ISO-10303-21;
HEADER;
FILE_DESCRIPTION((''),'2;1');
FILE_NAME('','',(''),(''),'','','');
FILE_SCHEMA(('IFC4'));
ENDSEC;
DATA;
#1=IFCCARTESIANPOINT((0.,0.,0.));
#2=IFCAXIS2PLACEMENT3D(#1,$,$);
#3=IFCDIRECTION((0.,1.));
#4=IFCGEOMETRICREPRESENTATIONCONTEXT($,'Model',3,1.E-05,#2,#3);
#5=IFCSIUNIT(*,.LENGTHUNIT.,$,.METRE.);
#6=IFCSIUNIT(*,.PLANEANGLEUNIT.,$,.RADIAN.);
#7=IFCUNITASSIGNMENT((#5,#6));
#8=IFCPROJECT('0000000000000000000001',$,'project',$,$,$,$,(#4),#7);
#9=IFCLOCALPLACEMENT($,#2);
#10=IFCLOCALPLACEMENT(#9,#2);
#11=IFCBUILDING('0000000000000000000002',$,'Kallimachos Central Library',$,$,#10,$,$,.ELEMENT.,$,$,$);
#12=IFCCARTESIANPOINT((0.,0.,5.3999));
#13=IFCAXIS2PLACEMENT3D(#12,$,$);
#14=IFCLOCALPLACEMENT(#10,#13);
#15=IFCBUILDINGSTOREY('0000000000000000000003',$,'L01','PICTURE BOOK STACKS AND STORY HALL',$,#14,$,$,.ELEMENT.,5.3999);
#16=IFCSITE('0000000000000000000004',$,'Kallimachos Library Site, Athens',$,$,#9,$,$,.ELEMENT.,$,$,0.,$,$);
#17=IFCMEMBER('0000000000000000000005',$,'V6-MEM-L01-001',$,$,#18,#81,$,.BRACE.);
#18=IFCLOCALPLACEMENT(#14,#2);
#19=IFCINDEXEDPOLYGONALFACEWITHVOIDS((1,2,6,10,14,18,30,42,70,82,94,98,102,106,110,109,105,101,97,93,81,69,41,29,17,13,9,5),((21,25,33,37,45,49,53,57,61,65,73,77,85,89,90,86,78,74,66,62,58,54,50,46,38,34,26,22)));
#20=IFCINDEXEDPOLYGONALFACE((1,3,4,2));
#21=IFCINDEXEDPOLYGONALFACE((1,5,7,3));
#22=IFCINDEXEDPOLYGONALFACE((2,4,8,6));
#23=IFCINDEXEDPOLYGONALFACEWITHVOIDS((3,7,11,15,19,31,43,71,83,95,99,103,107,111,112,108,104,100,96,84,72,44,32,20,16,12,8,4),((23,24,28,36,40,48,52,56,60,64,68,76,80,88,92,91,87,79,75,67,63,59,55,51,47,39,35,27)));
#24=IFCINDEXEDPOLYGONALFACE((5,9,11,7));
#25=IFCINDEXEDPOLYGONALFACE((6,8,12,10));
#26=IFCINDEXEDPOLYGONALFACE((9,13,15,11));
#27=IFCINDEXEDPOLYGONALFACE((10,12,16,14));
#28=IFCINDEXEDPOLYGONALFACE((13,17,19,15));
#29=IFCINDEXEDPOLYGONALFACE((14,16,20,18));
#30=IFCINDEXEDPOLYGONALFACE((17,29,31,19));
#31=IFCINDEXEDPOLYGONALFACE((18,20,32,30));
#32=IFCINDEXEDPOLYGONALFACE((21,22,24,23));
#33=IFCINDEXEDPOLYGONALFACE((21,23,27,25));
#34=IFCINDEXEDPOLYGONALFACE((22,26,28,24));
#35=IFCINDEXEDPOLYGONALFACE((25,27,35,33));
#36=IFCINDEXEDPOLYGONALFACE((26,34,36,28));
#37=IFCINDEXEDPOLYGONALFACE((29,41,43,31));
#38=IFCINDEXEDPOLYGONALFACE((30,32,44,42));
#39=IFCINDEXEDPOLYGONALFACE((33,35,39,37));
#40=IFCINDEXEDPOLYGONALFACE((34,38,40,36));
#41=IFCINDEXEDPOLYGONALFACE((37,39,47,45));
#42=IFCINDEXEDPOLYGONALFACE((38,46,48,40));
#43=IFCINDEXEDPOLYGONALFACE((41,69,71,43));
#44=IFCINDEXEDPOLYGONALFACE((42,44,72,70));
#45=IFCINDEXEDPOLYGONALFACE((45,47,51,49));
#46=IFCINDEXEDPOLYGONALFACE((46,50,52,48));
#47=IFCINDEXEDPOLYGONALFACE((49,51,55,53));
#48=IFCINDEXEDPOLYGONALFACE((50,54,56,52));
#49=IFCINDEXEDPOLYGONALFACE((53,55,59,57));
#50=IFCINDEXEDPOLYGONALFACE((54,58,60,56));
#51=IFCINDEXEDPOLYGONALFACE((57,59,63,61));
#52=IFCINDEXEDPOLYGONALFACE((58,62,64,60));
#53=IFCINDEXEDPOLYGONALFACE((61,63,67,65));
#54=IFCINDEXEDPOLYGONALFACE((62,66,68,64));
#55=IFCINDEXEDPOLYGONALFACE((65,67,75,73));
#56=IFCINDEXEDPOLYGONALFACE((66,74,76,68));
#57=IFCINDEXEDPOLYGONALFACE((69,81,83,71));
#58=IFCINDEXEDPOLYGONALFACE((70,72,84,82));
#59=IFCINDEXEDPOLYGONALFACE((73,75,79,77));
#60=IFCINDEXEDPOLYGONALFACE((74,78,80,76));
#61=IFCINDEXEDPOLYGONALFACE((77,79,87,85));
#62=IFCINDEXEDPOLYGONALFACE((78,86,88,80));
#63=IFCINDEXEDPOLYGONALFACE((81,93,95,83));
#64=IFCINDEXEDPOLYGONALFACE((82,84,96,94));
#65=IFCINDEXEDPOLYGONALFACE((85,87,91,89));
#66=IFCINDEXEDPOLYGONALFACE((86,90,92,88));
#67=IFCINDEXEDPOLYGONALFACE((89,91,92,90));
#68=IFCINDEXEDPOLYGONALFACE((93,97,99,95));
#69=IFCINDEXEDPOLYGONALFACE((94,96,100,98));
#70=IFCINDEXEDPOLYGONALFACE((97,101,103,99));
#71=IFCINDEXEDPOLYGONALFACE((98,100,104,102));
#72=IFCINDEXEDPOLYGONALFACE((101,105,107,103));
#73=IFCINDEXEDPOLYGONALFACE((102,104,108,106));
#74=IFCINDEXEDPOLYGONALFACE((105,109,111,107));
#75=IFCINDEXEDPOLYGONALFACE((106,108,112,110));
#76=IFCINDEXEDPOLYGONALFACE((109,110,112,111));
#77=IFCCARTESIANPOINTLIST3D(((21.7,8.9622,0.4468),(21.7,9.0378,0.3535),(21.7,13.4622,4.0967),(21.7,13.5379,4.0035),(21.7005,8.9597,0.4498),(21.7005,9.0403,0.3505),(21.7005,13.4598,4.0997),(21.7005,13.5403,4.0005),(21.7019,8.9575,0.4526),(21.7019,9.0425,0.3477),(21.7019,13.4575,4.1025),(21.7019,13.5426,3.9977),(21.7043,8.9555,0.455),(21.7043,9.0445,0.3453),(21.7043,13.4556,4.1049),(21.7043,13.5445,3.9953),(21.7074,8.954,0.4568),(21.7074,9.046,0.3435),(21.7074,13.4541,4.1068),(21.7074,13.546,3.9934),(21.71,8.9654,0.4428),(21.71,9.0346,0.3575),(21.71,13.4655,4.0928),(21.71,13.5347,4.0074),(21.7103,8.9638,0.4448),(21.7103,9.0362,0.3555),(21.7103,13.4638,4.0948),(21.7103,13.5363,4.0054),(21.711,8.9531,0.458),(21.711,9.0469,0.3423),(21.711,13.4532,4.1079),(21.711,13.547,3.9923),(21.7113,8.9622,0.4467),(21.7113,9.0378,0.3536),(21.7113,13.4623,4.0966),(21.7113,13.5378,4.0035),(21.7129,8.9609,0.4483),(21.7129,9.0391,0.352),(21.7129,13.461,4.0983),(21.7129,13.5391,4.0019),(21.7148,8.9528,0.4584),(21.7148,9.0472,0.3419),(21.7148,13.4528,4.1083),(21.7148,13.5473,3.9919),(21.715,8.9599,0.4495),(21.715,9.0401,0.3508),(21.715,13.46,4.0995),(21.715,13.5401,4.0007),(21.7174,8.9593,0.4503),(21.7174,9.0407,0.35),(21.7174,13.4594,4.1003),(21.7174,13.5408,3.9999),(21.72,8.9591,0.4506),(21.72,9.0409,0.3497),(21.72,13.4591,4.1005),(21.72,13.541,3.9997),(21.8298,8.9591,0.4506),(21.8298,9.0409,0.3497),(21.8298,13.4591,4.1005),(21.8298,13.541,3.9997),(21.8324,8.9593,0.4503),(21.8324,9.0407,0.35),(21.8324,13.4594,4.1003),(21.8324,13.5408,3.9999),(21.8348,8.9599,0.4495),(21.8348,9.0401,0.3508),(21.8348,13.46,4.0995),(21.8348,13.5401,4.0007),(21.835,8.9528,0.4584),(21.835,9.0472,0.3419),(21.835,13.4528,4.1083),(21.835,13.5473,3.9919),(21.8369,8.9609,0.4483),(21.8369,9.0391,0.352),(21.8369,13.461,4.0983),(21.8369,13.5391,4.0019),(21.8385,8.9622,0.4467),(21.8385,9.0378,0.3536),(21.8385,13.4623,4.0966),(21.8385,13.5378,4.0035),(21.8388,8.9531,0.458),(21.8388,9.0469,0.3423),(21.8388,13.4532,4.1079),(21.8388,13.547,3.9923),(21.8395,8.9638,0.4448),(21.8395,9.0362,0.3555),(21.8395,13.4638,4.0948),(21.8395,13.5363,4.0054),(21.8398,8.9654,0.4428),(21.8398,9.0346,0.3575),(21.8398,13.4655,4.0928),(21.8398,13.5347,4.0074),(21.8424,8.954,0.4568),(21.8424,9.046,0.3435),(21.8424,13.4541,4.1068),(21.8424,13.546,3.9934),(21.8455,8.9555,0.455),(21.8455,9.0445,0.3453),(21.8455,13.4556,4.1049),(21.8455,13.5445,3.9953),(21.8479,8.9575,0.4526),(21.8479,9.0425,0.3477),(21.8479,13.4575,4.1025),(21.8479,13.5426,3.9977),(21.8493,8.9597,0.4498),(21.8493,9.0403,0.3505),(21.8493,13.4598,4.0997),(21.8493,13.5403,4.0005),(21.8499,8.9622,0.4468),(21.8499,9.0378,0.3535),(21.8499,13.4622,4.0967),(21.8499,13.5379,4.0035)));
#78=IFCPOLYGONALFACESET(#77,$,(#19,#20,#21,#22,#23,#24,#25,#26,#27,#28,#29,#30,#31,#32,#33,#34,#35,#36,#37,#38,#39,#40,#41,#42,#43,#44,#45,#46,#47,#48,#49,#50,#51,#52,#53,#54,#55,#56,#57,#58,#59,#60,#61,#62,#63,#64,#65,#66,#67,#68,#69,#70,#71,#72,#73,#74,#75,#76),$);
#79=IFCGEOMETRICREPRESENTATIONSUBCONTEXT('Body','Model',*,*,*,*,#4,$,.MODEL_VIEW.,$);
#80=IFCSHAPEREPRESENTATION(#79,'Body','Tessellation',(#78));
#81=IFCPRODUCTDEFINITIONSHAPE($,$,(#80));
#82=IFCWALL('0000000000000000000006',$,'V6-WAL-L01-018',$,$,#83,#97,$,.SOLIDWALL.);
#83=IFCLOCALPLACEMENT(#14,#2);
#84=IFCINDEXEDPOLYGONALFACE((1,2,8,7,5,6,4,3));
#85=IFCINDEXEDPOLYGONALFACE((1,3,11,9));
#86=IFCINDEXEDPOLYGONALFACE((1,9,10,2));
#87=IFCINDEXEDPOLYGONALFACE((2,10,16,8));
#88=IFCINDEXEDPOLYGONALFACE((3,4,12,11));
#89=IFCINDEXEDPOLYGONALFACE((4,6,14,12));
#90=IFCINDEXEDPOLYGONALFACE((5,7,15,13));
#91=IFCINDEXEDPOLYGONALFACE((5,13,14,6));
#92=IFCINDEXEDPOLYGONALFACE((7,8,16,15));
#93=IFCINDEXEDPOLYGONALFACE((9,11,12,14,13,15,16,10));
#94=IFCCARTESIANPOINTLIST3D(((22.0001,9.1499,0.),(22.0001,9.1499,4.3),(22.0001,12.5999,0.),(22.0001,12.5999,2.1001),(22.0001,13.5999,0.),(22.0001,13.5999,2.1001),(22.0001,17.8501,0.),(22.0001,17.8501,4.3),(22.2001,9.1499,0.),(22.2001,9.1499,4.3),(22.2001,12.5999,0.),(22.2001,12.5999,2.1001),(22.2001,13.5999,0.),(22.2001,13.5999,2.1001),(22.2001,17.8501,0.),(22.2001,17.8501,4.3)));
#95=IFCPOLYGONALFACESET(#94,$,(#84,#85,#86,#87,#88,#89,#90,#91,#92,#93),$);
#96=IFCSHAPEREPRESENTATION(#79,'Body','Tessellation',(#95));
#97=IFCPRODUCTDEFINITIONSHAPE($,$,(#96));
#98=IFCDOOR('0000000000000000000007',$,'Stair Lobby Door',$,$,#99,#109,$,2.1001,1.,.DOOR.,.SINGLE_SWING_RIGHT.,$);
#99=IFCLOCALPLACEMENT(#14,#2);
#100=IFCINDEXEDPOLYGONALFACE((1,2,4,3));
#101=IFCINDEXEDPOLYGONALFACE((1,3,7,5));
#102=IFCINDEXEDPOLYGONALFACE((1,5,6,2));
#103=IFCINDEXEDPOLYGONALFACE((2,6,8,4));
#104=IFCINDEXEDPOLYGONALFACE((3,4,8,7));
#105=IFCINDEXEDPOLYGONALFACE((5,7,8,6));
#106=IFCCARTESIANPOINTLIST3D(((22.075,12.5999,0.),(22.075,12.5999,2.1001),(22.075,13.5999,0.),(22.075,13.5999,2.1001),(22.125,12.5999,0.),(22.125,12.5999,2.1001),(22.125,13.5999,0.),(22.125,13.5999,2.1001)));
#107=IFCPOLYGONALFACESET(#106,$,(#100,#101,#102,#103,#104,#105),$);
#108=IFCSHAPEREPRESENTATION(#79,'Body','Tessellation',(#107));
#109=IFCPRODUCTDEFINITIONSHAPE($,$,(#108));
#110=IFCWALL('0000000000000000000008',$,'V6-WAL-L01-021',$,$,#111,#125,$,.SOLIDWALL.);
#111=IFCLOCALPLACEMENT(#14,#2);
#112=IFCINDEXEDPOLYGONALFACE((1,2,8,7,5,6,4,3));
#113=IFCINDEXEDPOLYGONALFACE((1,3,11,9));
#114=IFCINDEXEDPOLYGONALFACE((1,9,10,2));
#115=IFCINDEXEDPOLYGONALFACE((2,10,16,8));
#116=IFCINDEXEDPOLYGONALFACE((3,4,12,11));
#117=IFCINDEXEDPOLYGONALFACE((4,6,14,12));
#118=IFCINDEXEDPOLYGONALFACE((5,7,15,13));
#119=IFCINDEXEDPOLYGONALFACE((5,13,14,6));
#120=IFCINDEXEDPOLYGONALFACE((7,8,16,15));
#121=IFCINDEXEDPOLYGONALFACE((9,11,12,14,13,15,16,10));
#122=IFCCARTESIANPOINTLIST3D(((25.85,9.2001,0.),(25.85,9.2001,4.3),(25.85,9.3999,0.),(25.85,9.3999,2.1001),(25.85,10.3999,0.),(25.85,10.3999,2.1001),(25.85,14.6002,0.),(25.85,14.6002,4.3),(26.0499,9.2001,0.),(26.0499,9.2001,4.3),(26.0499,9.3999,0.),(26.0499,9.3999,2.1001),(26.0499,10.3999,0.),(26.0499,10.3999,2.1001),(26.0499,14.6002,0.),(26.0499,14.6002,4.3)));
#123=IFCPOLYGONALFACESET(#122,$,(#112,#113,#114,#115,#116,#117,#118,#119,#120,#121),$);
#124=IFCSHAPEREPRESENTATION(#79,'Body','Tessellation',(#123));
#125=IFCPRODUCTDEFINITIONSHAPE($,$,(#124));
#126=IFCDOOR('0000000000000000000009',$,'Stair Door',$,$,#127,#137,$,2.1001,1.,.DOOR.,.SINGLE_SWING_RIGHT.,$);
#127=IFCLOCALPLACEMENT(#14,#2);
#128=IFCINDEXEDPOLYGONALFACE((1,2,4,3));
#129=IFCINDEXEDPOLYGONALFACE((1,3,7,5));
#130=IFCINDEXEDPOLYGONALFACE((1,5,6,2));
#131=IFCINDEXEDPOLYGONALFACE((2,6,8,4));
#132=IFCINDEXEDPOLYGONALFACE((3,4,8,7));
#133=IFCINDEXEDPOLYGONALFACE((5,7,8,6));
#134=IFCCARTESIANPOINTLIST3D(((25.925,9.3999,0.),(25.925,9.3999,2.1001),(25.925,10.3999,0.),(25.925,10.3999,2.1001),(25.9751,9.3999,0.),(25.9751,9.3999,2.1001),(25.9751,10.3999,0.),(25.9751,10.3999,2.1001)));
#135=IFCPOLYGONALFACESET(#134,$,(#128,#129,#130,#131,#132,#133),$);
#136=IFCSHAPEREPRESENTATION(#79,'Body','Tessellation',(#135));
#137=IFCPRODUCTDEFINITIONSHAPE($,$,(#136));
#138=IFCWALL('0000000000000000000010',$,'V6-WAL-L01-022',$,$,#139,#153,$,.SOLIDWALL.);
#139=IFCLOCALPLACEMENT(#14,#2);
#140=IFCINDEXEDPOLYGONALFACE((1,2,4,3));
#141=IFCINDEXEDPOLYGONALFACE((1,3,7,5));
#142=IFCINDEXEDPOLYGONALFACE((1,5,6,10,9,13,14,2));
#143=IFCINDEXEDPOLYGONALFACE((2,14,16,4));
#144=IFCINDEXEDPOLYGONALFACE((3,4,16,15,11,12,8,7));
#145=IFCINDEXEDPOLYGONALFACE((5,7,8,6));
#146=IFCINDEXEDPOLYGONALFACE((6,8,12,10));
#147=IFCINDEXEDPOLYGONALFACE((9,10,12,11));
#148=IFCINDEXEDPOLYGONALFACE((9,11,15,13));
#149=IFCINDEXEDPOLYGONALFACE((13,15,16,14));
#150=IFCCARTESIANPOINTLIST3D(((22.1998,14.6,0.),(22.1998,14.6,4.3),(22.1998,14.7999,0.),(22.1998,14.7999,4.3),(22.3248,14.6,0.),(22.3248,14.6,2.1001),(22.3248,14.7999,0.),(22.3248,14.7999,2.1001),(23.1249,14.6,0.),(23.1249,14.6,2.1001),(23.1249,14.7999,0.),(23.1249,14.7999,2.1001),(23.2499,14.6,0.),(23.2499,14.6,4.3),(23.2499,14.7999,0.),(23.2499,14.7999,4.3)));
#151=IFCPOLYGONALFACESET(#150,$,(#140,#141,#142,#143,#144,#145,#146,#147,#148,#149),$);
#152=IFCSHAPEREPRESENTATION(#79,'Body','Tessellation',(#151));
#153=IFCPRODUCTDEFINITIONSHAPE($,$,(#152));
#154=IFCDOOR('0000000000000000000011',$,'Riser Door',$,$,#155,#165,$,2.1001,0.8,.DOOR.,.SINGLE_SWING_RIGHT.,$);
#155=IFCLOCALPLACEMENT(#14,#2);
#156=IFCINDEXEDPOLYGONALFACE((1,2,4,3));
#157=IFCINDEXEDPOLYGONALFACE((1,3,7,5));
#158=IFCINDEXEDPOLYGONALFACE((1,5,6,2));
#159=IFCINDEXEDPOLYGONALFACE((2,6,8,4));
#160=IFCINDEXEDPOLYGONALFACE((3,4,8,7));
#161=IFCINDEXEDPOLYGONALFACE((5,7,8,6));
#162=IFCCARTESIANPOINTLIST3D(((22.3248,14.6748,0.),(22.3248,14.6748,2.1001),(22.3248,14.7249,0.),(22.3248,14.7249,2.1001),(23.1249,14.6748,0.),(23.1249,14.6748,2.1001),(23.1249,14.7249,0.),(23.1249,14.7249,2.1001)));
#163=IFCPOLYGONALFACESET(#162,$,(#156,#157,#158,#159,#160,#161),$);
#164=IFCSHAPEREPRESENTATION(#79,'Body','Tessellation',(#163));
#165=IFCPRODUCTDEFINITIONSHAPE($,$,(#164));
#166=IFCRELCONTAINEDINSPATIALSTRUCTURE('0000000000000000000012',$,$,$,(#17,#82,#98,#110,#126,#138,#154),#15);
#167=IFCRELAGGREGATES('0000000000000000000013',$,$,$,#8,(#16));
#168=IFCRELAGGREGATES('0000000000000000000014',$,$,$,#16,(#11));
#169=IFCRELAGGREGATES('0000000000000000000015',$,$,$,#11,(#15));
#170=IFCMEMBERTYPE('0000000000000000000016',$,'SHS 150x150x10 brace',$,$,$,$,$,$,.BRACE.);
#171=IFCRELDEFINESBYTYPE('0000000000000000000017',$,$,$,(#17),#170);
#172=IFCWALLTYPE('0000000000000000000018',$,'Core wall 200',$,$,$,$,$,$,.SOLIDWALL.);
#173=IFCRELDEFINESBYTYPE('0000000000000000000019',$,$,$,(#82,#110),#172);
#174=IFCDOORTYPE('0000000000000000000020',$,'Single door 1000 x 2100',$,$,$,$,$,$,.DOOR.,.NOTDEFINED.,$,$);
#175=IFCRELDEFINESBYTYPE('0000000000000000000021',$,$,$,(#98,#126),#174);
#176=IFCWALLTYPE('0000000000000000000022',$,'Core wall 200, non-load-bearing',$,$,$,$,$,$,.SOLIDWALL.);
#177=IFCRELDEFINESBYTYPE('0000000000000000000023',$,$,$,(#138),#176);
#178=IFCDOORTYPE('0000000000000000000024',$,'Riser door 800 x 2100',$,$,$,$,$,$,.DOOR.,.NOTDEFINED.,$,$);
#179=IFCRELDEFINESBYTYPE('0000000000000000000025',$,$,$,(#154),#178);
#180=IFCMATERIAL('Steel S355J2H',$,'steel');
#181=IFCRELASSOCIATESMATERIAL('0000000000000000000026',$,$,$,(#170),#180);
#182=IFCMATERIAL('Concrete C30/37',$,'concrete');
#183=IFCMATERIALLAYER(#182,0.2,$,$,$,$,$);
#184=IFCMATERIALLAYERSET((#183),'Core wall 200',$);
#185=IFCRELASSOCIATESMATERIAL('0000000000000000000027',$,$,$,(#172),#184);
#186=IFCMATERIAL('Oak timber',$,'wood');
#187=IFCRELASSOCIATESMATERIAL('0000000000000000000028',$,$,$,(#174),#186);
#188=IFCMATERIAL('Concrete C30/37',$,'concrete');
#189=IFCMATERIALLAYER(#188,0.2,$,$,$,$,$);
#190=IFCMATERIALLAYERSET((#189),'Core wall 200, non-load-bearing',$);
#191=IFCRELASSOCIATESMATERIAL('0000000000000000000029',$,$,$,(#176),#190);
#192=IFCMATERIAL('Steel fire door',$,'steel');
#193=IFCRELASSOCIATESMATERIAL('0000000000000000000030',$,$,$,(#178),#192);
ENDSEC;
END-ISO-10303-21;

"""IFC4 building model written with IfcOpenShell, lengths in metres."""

from ifc_helpers import new_model, si_unit, direction, frame, frame_2d, origin, origin_2d, place, context, subcontext, project, spatial, rectangle, hollow_rectangle, extrude, material, layer, layer_set, material_profile, profile_set, type_object, element, fill, save


model = new_model("IFC4")

# Units and contexts
model_context = context("Model", 3, precision=1e-05, world=origin(), true_north=direction((0.0, 1.0)))
body_context = subcontext(model_context, "Body", "Model", "MODEL_VIEW")
ifc_project = project(units=[si_unit("LENGTHUNIT", "METRE"), si_unit("PLANEANGLEUNIT", "RADIAN")], contexts=[model_context])

# Site, building, storey
site_placement = place(None, origin())
site = spatial("IfcSite", under=ifc_project, at=site_placement, Name="Kallimachos Library Site, Athens", CompositionType="ELEMENT", RefElevation=0.0)
building_placement = place(site_placement, origin())
building = spatial("IfcBuilding", under=site, at=building_placement, Name="Kallimachos Central Library", CompositionType="ELEMENT")
storey_placement = place(building_placement, frame((0.0, 0.0, 5.3999)))
storey = spatial("IfcBuildingStorey", under=building, at=storey_placement, Name="L01", Description="PICTURE BOOK STACKS AND STORY HALL", CompositionType="ELEMENT", Elevation=5.3999)

# Member
ifc_material_1 = material(Name="Steel S355J2H", Category="steel")
ifc_material_profile_1 = material_profile(ifc_material_1, hollow_rectangle(XDim=0.1499, YDim=0.1499, WallThickness=0.01, InnerFilletRadius=0.01, OuterFilletRadius=0.0149, at=origin_2d()), Name="SHS 150x150x10")
ifc_profile_set_1 = profile_set([ifc_material_profile_1], Name="Steel S355J2H")
member_type = type_object("IfcMemberType", Name="SHS 150x150x10 brace", PredefinedType="BRACE", material=ifc_profile_set_1)
member_placement = place(storey_placement, frame((21.7749, 9.0, 0.4001), z_axis=(0.0, 0.77665, 0.629932), x_axis=(-1.0, 0.0, 0.0)))
element("IfcMember", 1, at=member_placement, inside=storey, type_object=member_type, Name="V6-MEM-L01-001", PredefinedType="BRACE", context=body_context, shape_type="SweptSolid", body=[
    extrude(hollow_rectangle(XDim=0.1499, YDim=0.1499, WallThickness=0.01, InnerFilletRadius=0.01, OuterFilletRadius=0.0149, at=origin_2d()), origin(), (0.0, 0.0, 1.0), 5.7942),
])

# Walls, openings, doors
ifc_material_2 = material(Name="Concrete C30/37", Category="concrete")
ifc_layer_1 = layer(ifc_material_2, 0.2)
ifc_layer_set_1 = layer_set([ifc_layer_1], Name="Core wall 200")
wall_type_1 = type_object("IfcWallType", Name="Core wall 200", PredefinedType="SOLIDWALL", material=ifc_layer_set_1)
wall_1_placement = place(storey_placement, frame((22.1001, 9.1499, 0.0), z_axis=(0.0, 0.0, 1.0), x_axis=(0.0, 1.0, 0.0)))
wall_1 = element("IfcWall", 2, at=wall_1_placement, inside=storey, type_object=wall_type_1, Name="V6-WAL-L01-018", PredefinedType="SOLIDWALL", context=body_context, shape_type="SweptSolid", body=[
    extrude(rectangle(XDim=8.7002, YDim=0.2, at=frame_2d((4.3501, 0.0))), origin(), (0.0, 0.0, 1.0), 4.3),
])
opening_1_placement = place(wall_1_placement, frame((3.45, 0.0, 0.0)))
opening_1 = element("IfcOpeningElement", 3, at=opening_1_placement, cuts=wall_1, PredefinedType="OPENING", context=body_context, shape_type="SweptSolid", body=[
    extrude(rectangle(XDim=1.0, YDim=2.1001, at=frame_2d((0.5, 1.05))), frame((0.0, 0.1099, 0.0), z_axis=(0.0, -1.0, 0.0), x_axis=(1.0, 0.0, 0.0)), (0.0, 0.0, 1.0), 0.22),
])
ifc_material_3 = material(Name="Oak timber", Category="wood")
door_type_1 = type_object("IfcDoorType", Name="Single door 1000 x 2100", OperationType="NOTDEFINED", PredefinedType="DOOR", material=ifc_material_3)
door_1_placement = place(opening_1_placement, frame((1.0, 0.0, 0.0), z_axis=(0.0, 0.0, 1.0), x_axis=(-1.0, 0.0, 0.0)))
door_1 = element("IfcDoor", 4, at=door_1_placement, inside=storey, type_object=door_type_1, Name="Stair Lobby Door", OperationType="SINGLE_SWING_RIGHT", OverallHeight=2.1001, OverallWidth=1.0, PredefinedType="DOOR", context=body_context, shape_type="SweptSolid", body=[
    extrude(rectangle(XDim=1.0, YDim=2.1001, at=frame_2d((0.5, 1.05))), frame((0.0, 0.0249, 0.0), z_axis=(0.0, -1.0, 0.0), x_axis=(1.0, 0.0, 0.0)), (0.0, 0.0, 1.0), 0.05),
])
fill(opening_1, door_1)
wall_2_placement = place(storey_placement, frame((25.95, 9.2, 0.0), z_axis=(0.0, 0.0, 1.0), x_axis=(0.0, 1.0, 0.0)))
wall_2 = element("IfcWall", 5, at=wall_2_placement, inside=storey, type_object=wall_type_1, Name="V6-WAL-L01-021", PredefinedType="SOLIDWALL", context=body_context, shape_type="SweptSolid", body=[
    extrude(rectangle(XDim=5.4001, YDim=0.2, at=frame_2d((2.7002, 0.0))), origin(), (0.0, 0.0, 1.0), 4.3),
])
opening_2_placement = place(wall_2_placement, frame((0.2, 0.0, 0.0)))
opening_2 = element("IfcOpeningElement", 6, at=opening_2_placement, cuts=wall_2, PredefinedType="OPENING", context=body_context, shape_type="SweptSolid", body=[
    extrude(rectangle(XDim=1.0, YDim=2.1001, at=frame_2d((0.5, 1.05))), frame((0.0, 0.1099, 0.0), z_axis=(0.0, -1.0, 0.0), x_axis=(1.0, 0.0, 0.0)), (0.0, 0.0, 1.0), 0.22),
])
door_2_placement = place(opening_2_placement, origin())
door_2 = element("IfcDoor", 7, at=door_2_placement, inside=storey, type_object=door_type_1, Name="Stair Door", OperationType="SINGLE_SWING_RIGHT", OverallHeight=2.1001, OverallWidth=1.0, PredefinedType="DOOR", context=body_context, shape_type="SweptSolid", body=[
    extrude(rectangle(XDim=1.0, YDim=2.1001, at=frame_2d((0.5, 1.05))), frame((0.0, 0.0249, 0.0), z_axis=(0.0, -1.0, 0.0), x_axis=(1.0, 0.0, 0.0)), (0.0, 0.0, 1.0), 0.05),
])
fill(opening_2, door_2)
ifc_material_4 = material(Name="Concrete C30/37", Category="concrete")
ifc_layer_2 = layer(ifc_material_4, 0.2)
ifc_layer_set_2 = layer_set([ifc_layer_2], Name="Core wall 200, non-load-bearing")
wall_type_2 = type_object("IfcWallType", Name="Core wall 200, non-load-bearing", PredefinedType="SOLIDWALL", material=ifc_layer_set_2)
wall_3_placement = place(storey_placement, frame((22.2, 14.7, 0.0), z_axis=(0.0, 0.0, 1.0), x_axis=(1.0, 0.0, 0.0)))
wall_3 = element("IfcWall", 8, at=wall_3_placement, inside=storey, type_object=wall_type_2, Name="V6-WAL-L01-022", PredefinedType="SOLIDWALL", context=body_context, shape_type="SweptSolid", body=[
    extrude(rectangle(XDim=1.05, YDim=0.2, at=frame_2d((0.5249, 0.0))), origin(), (0.0, 0.0, 1.0), 4.3),
])
opening_3_placement = place(wall_3_placement, frame((0.125, 0.0, 0.0)))
opening_3 = element("IfcOpeningElement", 9, at=opening_3_placement, cuts=wall_3, PredefinedType="OPENING", context=body_context, shape_type="SweptSolid", body=[
    extrude(rectangle(XDim=0.8, YDim=2.1001, at=frame_2d((0.3999, 1.05))), frame((0.0, 0.1099, 0.0), z_axis=(0.0, -1.0, 0.0), x_axis=(1.0, 0.0, 0.0)), (0.0, 0.0, 1.0), 0.22),
])
ifc_material_5 = material(Name="Steel fire door", Category="steel")
door_type_2 = type_object("IfcDoorType", Name="Riser door 800 x 2100", OperationType="NOTDEFINED", PredefinedType="DOOR", material=ifc_material_5)
door_3_placement = place(opening_3_placement, origin())
door_3 = element("IfcDoor", 10, at=door_3_placement, inside=storey, type_object=door_type_2, Name="Riser Door", OperationType="SINGLE_SWING_RIGHT", OverallHeight=2.1001, OverallWidth=0.8, PredefinedType="DOOR", context=body_context, shape_type="SweptSolid", body=[
    extrude(rectangle(XDim=0.8, YDim=2.1001, at=frame_2d((0.3999, 1.05))), frame((0.0, 0.0249, 0.0), z_axis=(0.0, -1.0, 0.0), x_axis=(1.0, 0.0, 0.0)), (0.0, 0.0, 1.0), 0.05),
])
fill(opening_3, door_3)

save(model, "model.ifc")
